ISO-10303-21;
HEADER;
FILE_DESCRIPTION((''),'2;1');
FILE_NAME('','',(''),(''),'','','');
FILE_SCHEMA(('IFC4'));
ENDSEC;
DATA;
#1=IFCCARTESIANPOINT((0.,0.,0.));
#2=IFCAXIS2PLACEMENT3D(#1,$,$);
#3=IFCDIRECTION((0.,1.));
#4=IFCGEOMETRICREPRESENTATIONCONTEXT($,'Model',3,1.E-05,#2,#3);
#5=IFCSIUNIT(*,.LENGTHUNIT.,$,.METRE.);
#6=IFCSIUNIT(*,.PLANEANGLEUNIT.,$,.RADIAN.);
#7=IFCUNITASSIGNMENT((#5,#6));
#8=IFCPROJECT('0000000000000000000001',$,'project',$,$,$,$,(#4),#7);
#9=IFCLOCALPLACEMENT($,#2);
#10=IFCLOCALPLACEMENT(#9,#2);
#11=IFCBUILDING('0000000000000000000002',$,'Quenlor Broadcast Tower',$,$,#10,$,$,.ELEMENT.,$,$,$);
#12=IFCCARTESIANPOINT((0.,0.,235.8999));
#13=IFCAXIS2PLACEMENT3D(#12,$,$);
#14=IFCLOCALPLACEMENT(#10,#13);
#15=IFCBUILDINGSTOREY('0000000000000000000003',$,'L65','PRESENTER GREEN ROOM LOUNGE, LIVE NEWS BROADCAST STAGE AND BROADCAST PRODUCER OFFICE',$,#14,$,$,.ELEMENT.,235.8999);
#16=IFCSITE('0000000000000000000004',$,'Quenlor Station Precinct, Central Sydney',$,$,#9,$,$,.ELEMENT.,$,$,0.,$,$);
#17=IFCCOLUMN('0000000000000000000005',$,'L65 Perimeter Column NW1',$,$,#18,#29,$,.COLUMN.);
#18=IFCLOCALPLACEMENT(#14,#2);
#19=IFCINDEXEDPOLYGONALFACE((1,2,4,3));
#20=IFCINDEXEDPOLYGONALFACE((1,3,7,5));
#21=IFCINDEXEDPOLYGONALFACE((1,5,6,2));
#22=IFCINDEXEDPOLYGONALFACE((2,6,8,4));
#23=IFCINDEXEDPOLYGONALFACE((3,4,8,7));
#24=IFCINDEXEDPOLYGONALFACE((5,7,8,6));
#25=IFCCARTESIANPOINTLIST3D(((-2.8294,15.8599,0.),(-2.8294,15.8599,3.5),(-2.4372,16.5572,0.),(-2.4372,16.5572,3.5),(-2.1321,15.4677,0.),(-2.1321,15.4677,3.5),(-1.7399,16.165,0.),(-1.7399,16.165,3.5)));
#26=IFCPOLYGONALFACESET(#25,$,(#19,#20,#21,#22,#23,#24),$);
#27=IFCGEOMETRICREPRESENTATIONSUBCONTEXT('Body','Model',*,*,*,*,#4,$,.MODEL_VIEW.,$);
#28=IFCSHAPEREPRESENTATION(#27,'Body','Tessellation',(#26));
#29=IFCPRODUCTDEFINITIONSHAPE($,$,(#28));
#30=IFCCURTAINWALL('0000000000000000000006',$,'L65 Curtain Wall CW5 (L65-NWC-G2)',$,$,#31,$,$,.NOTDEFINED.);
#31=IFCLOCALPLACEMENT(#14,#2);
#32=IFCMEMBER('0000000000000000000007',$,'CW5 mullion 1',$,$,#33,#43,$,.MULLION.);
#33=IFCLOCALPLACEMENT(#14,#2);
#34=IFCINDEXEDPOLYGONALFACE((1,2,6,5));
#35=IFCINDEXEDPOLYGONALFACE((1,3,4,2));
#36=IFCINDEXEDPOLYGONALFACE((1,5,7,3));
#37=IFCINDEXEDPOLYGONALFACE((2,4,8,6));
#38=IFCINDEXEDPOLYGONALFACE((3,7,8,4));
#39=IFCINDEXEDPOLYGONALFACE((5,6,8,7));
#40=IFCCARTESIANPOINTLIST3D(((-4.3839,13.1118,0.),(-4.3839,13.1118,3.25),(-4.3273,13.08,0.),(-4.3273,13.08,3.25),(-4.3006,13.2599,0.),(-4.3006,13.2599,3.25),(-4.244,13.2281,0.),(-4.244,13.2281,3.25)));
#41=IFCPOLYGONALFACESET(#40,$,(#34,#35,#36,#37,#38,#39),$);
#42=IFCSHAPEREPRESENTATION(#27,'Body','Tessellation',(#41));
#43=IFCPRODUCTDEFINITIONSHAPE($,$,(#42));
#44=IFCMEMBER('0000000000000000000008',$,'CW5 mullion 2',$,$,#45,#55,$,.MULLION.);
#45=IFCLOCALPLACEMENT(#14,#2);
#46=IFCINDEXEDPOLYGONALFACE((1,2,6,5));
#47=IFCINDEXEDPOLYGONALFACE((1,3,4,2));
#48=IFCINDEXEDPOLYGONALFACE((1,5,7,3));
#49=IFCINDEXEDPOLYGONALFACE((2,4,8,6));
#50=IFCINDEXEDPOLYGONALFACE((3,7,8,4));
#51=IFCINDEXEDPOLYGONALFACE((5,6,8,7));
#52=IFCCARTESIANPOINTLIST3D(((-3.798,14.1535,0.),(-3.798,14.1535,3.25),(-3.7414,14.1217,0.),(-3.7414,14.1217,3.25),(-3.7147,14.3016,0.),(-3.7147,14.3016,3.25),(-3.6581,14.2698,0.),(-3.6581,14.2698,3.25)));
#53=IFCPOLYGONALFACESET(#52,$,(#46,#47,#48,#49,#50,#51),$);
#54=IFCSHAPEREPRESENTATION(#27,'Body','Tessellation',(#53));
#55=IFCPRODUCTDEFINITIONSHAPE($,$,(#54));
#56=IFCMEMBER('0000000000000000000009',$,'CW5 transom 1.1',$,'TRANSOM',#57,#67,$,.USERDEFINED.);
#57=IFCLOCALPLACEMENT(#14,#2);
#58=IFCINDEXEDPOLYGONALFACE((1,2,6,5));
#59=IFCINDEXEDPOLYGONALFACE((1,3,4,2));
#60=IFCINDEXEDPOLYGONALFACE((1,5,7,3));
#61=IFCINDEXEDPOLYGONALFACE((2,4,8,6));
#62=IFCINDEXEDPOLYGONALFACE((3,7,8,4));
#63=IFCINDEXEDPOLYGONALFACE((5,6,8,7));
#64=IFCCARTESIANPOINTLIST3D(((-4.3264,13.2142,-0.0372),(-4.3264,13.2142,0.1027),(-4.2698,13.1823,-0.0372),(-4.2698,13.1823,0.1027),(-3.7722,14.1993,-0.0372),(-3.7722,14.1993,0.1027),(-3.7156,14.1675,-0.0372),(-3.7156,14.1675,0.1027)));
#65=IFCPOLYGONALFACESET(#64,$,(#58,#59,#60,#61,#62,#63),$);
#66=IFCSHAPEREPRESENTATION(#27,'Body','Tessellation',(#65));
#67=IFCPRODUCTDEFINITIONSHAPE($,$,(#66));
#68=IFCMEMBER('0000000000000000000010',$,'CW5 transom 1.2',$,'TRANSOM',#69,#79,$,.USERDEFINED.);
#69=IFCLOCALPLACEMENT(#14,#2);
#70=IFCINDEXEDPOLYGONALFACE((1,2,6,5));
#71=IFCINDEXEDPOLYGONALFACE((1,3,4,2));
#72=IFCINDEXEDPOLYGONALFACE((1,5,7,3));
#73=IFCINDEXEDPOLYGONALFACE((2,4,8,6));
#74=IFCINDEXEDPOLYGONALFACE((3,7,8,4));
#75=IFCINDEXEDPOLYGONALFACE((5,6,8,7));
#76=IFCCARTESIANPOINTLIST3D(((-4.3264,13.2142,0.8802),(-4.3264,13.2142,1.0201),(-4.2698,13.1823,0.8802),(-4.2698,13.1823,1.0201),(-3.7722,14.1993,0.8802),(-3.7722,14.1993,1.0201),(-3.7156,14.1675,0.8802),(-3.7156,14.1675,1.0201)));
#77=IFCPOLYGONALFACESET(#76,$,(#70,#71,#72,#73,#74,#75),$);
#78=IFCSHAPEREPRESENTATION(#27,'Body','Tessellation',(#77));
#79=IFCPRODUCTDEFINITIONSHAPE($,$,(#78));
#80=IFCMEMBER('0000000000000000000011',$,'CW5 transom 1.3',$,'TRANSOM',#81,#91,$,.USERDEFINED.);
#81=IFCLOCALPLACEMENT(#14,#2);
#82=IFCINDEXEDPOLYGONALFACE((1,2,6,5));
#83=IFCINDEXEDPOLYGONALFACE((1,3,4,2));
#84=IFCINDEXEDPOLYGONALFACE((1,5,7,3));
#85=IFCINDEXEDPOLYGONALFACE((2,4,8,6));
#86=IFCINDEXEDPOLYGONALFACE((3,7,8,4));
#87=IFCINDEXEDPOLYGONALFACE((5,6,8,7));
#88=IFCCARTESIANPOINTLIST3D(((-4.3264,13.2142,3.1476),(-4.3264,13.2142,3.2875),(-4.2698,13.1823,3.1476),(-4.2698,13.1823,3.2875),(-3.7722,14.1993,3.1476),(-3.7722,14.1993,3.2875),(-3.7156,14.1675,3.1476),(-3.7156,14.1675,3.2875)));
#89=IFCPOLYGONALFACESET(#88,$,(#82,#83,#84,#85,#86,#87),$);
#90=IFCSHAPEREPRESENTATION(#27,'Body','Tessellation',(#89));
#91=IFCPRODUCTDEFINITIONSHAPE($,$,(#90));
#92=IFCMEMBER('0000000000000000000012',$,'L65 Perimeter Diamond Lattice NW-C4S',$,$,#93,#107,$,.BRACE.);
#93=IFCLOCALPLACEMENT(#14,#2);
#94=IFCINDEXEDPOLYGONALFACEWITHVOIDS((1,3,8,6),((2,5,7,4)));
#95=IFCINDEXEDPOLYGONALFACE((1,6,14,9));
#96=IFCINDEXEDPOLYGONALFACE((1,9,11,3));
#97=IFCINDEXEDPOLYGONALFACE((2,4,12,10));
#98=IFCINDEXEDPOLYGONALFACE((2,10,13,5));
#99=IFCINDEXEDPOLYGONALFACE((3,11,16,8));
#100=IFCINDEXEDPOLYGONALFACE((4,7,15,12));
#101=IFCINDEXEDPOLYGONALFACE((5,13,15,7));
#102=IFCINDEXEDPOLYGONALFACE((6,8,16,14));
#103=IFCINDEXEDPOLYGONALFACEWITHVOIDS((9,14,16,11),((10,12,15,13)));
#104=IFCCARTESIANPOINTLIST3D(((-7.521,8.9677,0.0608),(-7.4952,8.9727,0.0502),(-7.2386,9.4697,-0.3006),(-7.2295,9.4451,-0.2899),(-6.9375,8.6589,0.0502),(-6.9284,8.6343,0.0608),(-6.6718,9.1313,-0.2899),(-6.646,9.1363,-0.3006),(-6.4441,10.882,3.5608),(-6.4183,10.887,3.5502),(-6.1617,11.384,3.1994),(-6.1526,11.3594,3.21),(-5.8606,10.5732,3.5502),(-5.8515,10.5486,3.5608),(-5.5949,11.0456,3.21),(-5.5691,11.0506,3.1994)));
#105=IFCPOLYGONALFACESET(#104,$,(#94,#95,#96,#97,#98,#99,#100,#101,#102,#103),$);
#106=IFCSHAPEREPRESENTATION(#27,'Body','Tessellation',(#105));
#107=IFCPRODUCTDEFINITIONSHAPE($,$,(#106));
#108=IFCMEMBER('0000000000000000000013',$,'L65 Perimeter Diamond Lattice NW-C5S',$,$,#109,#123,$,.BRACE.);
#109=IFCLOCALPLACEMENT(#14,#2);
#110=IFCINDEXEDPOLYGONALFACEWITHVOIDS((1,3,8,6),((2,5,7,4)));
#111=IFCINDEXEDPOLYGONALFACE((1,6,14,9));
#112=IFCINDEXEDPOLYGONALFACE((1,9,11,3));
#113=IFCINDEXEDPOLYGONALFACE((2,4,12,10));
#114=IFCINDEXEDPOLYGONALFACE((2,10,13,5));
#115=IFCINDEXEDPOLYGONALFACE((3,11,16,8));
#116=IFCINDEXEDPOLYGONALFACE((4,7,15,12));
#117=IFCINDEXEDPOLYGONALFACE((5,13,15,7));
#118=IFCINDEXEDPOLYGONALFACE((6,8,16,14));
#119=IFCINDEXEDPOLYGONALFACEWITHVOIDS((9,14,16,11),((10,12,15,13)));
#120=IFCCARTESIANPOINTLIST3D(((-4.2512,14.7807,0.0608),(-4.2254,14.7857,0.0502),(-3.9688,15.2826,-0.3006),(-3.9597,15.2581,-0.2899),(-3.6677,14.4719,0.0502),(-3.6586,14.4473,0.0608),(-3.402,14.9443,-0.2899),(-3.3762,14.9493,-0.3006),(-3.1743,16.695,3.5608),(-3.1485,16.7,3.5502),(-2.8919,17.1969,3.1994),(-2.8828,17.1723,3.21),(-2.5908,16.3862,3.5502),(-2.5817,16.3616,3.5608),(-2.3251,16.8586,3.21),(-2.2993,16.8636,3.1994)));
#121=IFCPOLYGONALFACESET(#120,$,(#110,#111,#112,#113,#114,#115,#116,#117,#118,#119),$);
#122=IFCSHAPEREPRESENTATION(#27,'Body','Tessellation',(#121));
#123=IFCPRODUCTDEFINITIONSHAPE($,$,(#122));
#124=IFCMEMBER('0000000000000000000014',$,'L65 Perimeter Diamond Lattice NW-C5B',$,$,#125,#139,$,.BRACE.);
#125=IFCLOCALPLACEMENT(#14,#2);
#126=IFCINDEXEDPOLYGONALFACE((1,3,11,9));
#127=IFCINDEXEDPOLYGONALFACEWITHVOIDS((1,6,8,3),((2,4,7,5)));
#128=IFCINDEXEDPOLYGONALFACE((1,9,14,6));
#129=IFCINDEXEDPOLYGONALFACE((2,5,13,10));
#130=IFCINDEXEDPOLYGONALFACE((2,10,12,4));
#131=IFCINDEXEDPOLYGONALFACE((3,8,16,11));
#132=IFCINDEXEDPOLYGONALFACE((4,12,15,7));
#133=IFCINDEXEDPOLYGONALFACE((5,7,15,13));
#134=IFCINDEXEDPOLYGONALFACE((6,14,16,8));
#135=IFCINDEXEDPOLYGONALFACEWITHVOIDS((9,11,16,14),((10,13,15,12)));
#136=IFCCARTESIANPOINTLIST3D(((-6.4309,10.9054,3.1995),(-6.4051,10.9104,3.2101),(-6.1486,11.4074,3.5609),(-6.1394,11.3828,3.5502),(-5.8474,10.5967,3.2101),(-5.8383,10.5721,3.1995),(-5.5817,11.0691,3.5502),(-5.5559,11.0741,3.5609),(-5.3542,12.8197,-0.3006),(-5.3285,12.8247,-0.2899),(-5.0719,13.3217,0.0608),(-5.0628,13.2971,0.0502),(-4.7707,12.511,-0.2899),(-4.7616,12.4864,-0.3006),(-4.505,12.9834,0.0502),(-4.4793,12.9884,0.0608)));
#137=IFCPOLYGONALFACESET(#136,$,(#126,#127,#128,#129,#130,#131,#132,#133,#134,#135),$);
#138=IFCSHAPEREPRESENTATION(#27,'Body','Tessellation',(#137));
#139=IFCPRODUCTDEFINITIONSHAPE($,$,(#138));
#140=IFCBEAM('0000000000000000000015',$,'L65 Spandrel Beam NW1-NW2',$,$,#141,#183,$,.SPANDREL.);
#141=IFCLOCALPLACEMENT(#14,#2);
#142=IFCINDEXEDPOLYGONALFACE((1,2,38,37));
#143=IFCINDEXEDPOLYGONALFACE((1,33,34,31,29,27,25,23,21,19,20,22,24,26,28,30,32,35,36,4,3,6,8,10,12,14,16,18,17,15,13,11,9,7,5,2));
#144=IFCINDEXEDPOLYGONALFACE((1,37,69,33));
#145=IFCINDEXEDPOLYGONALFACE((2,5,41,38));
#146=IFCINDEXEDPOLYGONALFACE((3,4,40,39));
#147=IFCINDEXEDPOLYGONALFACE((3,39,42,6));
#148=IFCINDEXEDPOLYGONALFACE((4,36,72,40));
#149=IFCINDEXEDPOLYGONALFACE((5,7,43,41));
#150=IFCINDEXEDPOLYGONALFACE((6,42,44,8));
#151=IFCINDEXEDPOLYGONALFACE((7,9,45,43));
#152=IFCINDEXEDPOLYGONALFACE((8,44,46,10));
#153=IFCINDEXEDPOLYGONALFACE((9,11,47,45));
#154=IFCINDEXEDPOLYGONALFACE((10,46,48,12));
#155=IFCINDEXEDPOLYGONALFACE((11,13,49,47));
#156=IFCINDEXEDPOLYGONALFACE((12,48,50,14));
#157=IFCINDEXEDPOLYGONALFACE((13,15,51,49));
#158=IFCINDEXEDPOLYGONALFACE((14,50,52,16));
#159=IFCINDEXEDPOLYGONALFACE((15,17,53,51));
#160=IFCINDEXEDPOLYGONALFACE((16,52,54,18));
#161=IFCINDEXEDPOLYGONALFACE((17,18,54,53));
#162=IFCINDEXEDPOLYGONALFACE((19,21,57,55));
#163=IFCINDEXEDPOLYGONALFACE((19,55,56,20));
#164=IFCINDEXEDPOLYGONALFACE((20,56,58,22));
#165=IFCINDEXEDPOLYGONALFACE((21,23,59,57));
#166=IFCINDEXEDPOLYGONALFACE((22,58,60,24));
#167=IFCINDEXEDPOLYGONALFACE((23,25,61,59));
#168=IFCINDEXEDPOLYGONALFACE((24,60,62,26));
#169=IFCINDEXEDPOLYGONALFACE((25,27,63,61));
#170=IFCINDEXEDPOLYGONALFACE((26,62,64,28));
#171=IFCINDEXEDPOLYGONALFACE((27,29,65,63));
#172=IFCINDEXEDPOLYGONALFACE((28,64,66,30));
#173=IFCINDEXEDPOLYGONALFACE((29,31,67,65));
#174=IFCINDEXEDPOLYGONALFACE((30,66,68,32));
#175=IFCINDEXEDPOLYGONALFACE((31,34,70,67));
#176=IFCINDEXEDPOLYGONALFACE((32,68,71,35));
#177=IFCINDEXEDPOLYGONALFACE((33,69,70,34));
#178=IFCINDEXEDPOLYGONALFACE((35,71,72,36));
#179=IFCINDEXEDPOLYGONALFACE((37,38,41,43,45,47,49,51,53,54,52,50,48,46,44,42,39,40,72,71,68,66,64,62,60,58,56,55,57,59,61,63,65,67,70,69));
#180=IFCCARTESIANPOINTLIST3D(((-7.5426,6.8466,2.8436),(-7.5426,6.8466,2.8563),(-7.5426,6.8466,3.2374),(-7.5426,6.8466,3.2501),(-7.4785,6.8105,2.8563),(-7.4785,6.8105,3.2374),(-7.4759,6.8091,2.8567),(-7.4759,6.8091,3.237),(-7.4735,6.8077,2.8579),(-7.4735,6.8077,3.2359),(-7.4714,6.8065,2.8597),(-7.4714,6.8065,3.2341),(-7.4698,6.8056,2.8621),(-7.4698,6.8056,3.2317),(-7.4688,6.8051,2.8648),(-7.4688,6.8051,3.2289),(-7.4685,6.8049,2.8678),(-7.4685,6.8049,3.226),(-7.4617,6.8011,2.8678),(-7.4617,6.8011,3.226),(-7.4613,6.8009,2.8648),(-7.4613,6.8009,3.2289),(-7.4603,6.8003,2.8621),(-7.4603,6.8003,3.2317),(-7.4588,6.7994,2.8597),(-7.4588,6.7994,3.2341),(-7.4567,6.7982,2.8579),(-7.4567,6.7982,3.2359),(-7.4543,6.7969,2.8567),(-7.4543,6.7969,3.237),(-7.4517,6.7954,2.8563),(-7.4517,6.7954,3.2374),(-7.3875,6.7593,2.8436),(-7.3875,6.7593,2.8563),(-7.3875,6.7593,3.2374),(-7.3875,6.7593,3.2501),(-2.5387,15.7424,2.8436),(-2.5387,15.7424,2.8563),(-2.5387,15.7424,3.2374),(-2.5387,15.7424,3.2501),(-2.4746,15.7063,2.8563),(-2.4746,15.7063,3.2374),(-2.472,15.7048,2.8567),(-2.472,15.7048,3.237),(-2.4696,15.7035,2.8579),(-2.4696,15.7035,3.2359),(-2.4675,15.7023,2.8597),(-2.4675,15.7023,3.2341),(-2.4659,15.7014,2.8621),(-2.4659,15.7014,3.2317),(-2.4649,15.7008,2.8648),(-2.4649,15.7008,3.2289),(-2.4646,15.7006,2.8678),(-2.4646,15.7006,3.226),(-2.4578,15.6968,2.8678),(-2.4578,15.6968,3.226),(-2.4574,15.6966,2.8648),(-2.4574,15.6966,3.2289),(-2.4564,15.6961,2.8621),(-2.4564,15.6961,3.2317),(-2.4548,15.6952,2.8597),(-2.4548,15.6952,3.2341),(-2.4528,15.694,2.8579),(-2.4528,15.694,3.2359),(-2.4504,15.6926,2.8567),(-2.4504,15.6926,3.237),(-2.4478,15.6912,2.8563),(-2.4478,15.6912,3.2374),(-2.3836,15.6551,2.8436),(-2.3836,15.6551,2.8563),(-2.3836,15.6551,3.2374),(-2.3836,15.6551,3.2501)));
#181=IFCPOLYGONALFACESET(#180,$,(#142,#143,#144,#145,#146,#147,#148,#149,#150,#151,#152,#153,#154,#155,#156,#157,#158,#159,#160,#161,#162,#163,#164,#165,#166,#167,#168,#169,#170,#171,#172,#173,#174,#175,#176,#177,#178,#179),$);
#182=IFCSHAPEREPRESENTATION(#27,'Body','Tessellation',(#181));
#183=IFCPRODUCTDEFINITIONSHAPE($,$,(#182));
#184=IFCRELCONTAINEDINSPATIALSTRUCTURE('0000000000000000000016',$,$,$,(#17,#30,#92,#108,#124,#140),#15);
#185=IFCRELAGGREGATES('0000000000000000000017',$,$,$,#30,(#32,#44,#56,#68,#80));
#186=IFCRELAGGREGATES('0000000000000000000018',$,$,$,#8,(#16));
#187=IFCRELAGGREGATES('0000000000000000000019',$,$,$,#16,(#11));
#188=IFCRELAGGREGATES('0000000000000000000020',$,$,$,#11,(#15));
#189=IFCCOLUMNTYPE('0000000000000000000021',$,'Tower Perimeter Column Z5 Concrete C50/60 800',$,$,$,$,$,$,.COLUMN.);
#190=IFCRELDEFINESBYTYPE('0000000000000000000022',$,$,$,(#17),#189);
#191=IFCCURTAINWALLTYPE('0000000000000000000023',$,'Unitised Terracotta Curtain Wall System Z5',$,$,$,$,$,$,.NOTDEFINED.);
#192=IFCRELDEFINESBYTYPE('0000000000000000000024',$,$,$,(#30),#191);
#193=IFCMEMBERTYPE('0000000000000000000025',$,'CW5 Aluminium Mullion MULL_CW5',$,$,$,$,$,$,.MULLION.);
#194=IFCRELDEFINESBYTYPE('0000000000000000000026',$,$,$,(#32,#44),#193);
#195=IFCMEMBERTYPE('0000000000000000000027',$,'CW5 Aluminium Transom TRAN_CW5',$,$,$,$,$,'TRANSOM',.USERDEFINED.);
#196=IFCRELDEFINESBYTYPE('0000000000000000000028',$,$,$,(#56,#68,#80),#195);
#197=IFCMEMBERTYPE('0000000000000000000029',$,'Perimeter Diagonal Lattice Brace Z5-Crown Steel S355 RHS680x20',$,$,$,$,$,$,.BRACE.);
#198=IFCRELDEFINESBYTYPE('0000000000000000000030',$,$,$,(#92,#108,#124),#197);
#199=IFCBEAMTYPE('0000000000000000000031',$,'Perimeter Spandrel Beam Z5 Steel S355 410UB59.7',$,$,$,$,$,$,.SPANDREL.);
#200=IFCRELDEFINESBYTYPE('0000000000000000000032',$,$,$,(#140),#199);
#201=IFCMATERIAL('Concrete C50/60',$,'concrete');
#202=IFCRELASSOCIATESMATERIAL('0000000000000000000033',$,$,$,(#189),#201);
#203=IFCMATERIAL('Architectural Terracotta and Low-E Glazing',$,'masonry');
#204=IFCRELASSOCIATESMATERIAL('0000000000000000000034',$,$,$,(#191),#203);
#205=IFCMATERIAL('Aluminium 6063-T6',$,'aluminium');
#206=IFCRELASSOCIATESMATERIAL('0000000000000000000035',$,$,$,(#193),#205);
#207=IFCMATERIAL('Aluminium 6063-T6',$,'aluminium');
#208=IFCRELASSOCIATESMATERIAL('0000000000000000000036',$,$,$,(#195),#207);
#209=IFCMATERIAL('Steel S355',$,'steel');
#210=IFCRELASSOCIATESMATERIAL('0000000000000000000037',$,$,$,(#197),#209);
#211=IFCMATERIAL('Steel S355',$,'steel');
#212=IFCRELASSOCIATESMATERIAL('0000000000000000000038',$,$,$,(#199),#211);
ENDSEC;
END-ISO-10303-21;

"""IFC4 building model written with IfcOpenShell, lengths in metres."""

from ifc_helpers import new_model, si_unit, direction, frame, origin, origin_2d, place, context, subcontext, project, spatial, rectangle, hollow_rectangle, i_section, extrude, material, material_profile, profile_set, type_object, element, aggregate, save


model = new_model("IFC4")

# Units and contexts
model_context = context("Model", 3, precision=1e-05, world=origin(), true_north=direction((0.0, 1.0)))
body_context = subcontext(model_context, "Body", "Model", "MODEL_VIEW")
ifc_project = project(units=[si_unit("LENGTHUNIT", "METRE"), si_unit("PLANEANGLEUNIT", "RADIAN")], contexts=[model_context])

# Site, building, storey
site_placement = place(None, origin())
site = spatial("IfcSite", under=ifc_project, at=site_placement, Name="Quenlor Station Precinct, Central Sydney", CompositionType="ELEMENT", RefElevation=0.0)
building_placement = place(site_placement, origin())
building = spatial("IfcBuilding", under=site, at=building_placement, Name="Quenlor Broadcast Tower", CompositionType="ELEMENT")
storey_placement = place(building_placement, frame((0.0, 0.0, 235.8999)))
storey = spatial("IfcBuildingStorey", under=building, at=storey_placement, Name="L65", Description="PRESENTER GREEN ROOM LOUNGE, LIVE NEWS BROADCAST STAGE AND BROADCAST PRODUCER OFFICE", CompositionType="ELEMENT", Elevation=235.8999)

# Column
ifc_material_1 = material(Name="Concrete C50/60", Category="concrete")
ifc_material_profile_1 = material_profile(ifc_material_1, rectangle(XDim=0.8, YDim=0.8, at=origin_2d()))
ifc_profile_set_1 = profile_set([ifc_material_profile_1], Name="Concrete C50/60 RC800x800")
column_type = type_object("IfcColumnType", Name="Tower Perimeter Column Z5 Concrete C50/60 800", PredefinedType="COLUMN", material=ifc_profile_set_1)
column_placement = place(storey_placement, frame((-2.2847, 16.0125, 0.0), z_axis=(0.0, 0.0, 1.0), x_axis=(-0.871575, 0.490262, 0.0)))
element("IfcColumn", 1, at=column_placement, inside=storey, type_object=column_type, Name="L65 Perimeter Column NW1", PredefinedType="COLUMN", context=body_context, shape_type="SweptSolid", body=[
    extrude(rectangle(XDim=0.8, YDim=0.8, at=origin_2d()), origin(), (0.0, 0.0, 1.0), 3.5),
])

# Curtain wall, members
ifc_material_2 = material(Name="Architectural Terracotta and Low-E Glazing", Category="masonry")
curtain_wall_type = type_object("IfcCurtainWallType", Name="Unitised Terracotta Curtain Wall System Z5", PredefinedType="NOTDEFINED", material=ifc_material_2)
curtain_wall_placement = place(storey_placement, origin())
curtain_wall = element("IfcCurtainWall", 2, at=curtain_wall_placement, inside=storey, type_object=curtain_wall_type, Name="L65 Curtain Wall CW5 (L65-NWC-G2)", PredefinedType="NOTDEFINED")
ifc_material_3 = material(Name="Aluminium 6063-T6", Category="aluminium")
ifc_material_profile_2 = material_profile(ifc_material_3, rectangle(XDim=0.0649, YDim=0.1699, at=origin_2d()))
ifc_profile_set_2 = profile_set([ifc_material_profile_2], Name="Aluminium 6063-T6 MULL65x170")
member_type_1 = type_object("IfcMemberType", Name="CW5 Aluminium Mullion MULL_CW5", PredefinedType="MULLION", material=ifc_profile_set_2)
member_1_placement = place(storey_placement, frame((-4.314, 13.1699, 0.0), z_axis=(0.0, 0.0, 1.0), x_axis=(-0.871559, 0.490291, 0.0)))
member_1 = element("IfcMember", 3, at=member_1_placement, type_object=member_type_1, Name="CW5 mullion 1", PredefinedType="MULLION", context=body_context, shape_type="SweptSolid", body=[
    extrude(rectangle(XDim=0.0649, YDim=0.1699, at=origin_2d()), origin(), (0.0, 0.0, 1.0), 3.25),
])
member_2_placement = place(storey_placement, frame((-3.728, 14.2117, 0.0), z_axis=(0.0, 0.0, 1.0), x_axis=(-0.871559, 0.490291, 0.0)))
member_2 = element("IfcMember", 4, at=member_2_placement, type_object=member_type_1, Name="CW5 mullion 2", PredefinedType="MULLION", context=body_context, shape_type="SweptSolid", body=[
    extrude(rectangle(XDim=0.0649, YDim=0.1699, at=origin_2d()), origin(), (0.0, 0.0, 1.0), 3.25),
])
ifc_material_4 = material(Name="Aluminium 6063-T6", Category="aluminium")
ifc_material_profile_3 = material_profile(ifc_material_4, rectangle(XDim=0.0649, YDim=0.1399, at=origin_2d()))
ifc_profile_set_3 = profile_set([ifc_material_profile_3], Name="Aluminium 6063-T6 TRAN65x140")
member_type_2 = type_object("IfcMemberType", Name="CW5 Aluminium Transom TRAN_CW5", ElementType="TRANSOM", PredefinedType="USERDEFINED", material=ifc_profile_set_3)
member_3_placement = place(storey_placement, frame((-4.2981, 13.1982, 0.0327), z_axis=(0.490313, 0.871547, 0.0), x_axis=(-0.871547, 0.490313, 0.0)))
member_3 = element("IfcMember", 5, at=member_3_placement, type_object=member_type_2, Name="CW5 transom 1.1", ObjectType="TRANSOM", PredefinedType="USERDEFINED", context=body_context, shape_type="SweptSolid", body=[
    extrude(rectangle(XDim=0.0649, YDim=0.1399, at=origin_2d()), origin(), (0.0, 0.0, 1.0), 1.1304),
])
member_4_placement = place(storey_placement, frame((-4.2981, 13.1982, 0.9502), z_axis=(0.490313, 0.871547, 0.0), x_axis=(-0.871547, 0.490313, 0.0)))
member_4 = element("IfcMember", 6, at=member_4_placement, type_object=member_type_2, Name="CW5 transom 1.2", ObjectType="TRANSOM", PredefinedType="USERDEFINED", context=body_context, shape_type="SweptSolid", body=[
    extrude(rectangle(XDim=0.0649, YDim=0.1399, at=origin_2d()), origin(), (0.0, 0.0, 1.0), 1.1304),
])
member_5_placement = place(storey_placement, frame((-4.2981, 13.1982, 3.2175), z_axis=(0.490313, 0.871547, 0.0), x_axis=(-0.871547, 0.490313, 0.0)))
member_5 = element("IfcMember", 7, at=member_5_placement, type_object=member_type_2, Name="CW5 transom 1.3", ObjectType="TRANSOM", PredefinedType="USERDEFINED", context=body_context, shape_type="SweptSolid", body=[
    extrude(rectangle(XDim=0.0649, YDim=0.1399, at=origin_2d()), origin(), (0.0, 0.0, 1.0), 1.1304),
])

# Members
ifc_material_5 = material(Name="Steel S355", Category="steel")
ifc_material_profile_4 = material_profile(ifc_material_5, hollow_rectangle(XDim=0.6799, YDim=0.6799, WallThickness=0.02, at=origin_2d()))
ifc_profile_set_4 = profile_set([ifc_material_profile_4], Name="Steel S355 RHS680x680x20")
member_type_3 = type_object("IfcMemberType", Name="Perimeter Diagonal Lattice Brace Z5-Crown Steel S355 RHS680x20", PredefinedType="BRACE", material=ifc_profile_set_4)
for number, where, z_axis, x_axis, name in (
    (8, (-7.0835, 9.052, -0.1199), (0.260619, 0.463276, 0.847026), (-0.871555, 0.490298, 0.0), "L65 Perimeter Diamond Lattice NW-C4S"),
    (9, (-3.8137, 14.865, -0.1199), (0.260619, 0.463276, 0.847026), (-0.871555, 0.490298, 0.0), "L65 Perimeter Diamond Lattice NW-C5S"),
    (10, (-4.9167, 12.9041, -0.1199), (-0.260564, -0.463283, 0.847039), (0.871602, -0.490214, 0.0), "L65 Perimeter Diamond Lattice NW-C5B"),
):
    element("IfcMember", number, at=place(storey_placement, frame(where, z_axis=z_axis, x_axis=x_axis)), inside=storey, type_object=member_type_3, Name=name, PredefinedType="BRACE", context=body_context, shape_type="SweptSolid", body=[
        extrude(hollow_rectangle(XDim=0.6799, YDim=0.6799, WallThickness=0.02, at=origin_2d()), origin(), (0.0, 0.0, 1.0), 4.1321),
    ])

# Beam
ifc_material_6 = material(Name="Steel S355", Category="steel")
ifc_material_profile_5 = material_profile(ifc_material_6, i_section(OverallWidth=0.178, OverallDepth=0.4065, WebThickness=0.0078, FlangeThickness=0.0127, FilletRadius=0.0115, at=origin_2d()))
ifc_profile_set_5 = profile_set([ifc_material_profile_5], Name="Steel S355 410UB59.7")
beam_type_1 = type_object("IfcBeamType", Name="Perimeter Spandrel Beam Z5 Steel S355 410UB59.7", PredefinedType="SPANDREL", material=ifc_profile_set_5)
beam_1_placement = place(storey_placement, frame((-2.4612, 15.6987, 3.0469), z_axis=(-0.490265, -0.871574, 0.0), x_axis=(0.871574, -0.490265, 0.0)))
element("IfcBeam", 11, at=beam_1_placement, inside=storey, type_object=beam_type_1, Name="L65 Spandrel Beam NW1-NW2", PredefinedType="SPANDREL", context=body_context, shape_type="SweptSolid", body=[
    extrude(i_section(OverallWidth=0.178, OverallDepth=0.4065, WebThickness=0.0078, FlangeThickness=0.0127, FilletRadius=0.0115, at=origin_2d()), origin(), (0.0, 0.0, 1.0), 10.2065),
])

aggregate(curtain_wall, [member_1, member_2, member_3, member_4, member_5])

save(model, "model.ifc")
